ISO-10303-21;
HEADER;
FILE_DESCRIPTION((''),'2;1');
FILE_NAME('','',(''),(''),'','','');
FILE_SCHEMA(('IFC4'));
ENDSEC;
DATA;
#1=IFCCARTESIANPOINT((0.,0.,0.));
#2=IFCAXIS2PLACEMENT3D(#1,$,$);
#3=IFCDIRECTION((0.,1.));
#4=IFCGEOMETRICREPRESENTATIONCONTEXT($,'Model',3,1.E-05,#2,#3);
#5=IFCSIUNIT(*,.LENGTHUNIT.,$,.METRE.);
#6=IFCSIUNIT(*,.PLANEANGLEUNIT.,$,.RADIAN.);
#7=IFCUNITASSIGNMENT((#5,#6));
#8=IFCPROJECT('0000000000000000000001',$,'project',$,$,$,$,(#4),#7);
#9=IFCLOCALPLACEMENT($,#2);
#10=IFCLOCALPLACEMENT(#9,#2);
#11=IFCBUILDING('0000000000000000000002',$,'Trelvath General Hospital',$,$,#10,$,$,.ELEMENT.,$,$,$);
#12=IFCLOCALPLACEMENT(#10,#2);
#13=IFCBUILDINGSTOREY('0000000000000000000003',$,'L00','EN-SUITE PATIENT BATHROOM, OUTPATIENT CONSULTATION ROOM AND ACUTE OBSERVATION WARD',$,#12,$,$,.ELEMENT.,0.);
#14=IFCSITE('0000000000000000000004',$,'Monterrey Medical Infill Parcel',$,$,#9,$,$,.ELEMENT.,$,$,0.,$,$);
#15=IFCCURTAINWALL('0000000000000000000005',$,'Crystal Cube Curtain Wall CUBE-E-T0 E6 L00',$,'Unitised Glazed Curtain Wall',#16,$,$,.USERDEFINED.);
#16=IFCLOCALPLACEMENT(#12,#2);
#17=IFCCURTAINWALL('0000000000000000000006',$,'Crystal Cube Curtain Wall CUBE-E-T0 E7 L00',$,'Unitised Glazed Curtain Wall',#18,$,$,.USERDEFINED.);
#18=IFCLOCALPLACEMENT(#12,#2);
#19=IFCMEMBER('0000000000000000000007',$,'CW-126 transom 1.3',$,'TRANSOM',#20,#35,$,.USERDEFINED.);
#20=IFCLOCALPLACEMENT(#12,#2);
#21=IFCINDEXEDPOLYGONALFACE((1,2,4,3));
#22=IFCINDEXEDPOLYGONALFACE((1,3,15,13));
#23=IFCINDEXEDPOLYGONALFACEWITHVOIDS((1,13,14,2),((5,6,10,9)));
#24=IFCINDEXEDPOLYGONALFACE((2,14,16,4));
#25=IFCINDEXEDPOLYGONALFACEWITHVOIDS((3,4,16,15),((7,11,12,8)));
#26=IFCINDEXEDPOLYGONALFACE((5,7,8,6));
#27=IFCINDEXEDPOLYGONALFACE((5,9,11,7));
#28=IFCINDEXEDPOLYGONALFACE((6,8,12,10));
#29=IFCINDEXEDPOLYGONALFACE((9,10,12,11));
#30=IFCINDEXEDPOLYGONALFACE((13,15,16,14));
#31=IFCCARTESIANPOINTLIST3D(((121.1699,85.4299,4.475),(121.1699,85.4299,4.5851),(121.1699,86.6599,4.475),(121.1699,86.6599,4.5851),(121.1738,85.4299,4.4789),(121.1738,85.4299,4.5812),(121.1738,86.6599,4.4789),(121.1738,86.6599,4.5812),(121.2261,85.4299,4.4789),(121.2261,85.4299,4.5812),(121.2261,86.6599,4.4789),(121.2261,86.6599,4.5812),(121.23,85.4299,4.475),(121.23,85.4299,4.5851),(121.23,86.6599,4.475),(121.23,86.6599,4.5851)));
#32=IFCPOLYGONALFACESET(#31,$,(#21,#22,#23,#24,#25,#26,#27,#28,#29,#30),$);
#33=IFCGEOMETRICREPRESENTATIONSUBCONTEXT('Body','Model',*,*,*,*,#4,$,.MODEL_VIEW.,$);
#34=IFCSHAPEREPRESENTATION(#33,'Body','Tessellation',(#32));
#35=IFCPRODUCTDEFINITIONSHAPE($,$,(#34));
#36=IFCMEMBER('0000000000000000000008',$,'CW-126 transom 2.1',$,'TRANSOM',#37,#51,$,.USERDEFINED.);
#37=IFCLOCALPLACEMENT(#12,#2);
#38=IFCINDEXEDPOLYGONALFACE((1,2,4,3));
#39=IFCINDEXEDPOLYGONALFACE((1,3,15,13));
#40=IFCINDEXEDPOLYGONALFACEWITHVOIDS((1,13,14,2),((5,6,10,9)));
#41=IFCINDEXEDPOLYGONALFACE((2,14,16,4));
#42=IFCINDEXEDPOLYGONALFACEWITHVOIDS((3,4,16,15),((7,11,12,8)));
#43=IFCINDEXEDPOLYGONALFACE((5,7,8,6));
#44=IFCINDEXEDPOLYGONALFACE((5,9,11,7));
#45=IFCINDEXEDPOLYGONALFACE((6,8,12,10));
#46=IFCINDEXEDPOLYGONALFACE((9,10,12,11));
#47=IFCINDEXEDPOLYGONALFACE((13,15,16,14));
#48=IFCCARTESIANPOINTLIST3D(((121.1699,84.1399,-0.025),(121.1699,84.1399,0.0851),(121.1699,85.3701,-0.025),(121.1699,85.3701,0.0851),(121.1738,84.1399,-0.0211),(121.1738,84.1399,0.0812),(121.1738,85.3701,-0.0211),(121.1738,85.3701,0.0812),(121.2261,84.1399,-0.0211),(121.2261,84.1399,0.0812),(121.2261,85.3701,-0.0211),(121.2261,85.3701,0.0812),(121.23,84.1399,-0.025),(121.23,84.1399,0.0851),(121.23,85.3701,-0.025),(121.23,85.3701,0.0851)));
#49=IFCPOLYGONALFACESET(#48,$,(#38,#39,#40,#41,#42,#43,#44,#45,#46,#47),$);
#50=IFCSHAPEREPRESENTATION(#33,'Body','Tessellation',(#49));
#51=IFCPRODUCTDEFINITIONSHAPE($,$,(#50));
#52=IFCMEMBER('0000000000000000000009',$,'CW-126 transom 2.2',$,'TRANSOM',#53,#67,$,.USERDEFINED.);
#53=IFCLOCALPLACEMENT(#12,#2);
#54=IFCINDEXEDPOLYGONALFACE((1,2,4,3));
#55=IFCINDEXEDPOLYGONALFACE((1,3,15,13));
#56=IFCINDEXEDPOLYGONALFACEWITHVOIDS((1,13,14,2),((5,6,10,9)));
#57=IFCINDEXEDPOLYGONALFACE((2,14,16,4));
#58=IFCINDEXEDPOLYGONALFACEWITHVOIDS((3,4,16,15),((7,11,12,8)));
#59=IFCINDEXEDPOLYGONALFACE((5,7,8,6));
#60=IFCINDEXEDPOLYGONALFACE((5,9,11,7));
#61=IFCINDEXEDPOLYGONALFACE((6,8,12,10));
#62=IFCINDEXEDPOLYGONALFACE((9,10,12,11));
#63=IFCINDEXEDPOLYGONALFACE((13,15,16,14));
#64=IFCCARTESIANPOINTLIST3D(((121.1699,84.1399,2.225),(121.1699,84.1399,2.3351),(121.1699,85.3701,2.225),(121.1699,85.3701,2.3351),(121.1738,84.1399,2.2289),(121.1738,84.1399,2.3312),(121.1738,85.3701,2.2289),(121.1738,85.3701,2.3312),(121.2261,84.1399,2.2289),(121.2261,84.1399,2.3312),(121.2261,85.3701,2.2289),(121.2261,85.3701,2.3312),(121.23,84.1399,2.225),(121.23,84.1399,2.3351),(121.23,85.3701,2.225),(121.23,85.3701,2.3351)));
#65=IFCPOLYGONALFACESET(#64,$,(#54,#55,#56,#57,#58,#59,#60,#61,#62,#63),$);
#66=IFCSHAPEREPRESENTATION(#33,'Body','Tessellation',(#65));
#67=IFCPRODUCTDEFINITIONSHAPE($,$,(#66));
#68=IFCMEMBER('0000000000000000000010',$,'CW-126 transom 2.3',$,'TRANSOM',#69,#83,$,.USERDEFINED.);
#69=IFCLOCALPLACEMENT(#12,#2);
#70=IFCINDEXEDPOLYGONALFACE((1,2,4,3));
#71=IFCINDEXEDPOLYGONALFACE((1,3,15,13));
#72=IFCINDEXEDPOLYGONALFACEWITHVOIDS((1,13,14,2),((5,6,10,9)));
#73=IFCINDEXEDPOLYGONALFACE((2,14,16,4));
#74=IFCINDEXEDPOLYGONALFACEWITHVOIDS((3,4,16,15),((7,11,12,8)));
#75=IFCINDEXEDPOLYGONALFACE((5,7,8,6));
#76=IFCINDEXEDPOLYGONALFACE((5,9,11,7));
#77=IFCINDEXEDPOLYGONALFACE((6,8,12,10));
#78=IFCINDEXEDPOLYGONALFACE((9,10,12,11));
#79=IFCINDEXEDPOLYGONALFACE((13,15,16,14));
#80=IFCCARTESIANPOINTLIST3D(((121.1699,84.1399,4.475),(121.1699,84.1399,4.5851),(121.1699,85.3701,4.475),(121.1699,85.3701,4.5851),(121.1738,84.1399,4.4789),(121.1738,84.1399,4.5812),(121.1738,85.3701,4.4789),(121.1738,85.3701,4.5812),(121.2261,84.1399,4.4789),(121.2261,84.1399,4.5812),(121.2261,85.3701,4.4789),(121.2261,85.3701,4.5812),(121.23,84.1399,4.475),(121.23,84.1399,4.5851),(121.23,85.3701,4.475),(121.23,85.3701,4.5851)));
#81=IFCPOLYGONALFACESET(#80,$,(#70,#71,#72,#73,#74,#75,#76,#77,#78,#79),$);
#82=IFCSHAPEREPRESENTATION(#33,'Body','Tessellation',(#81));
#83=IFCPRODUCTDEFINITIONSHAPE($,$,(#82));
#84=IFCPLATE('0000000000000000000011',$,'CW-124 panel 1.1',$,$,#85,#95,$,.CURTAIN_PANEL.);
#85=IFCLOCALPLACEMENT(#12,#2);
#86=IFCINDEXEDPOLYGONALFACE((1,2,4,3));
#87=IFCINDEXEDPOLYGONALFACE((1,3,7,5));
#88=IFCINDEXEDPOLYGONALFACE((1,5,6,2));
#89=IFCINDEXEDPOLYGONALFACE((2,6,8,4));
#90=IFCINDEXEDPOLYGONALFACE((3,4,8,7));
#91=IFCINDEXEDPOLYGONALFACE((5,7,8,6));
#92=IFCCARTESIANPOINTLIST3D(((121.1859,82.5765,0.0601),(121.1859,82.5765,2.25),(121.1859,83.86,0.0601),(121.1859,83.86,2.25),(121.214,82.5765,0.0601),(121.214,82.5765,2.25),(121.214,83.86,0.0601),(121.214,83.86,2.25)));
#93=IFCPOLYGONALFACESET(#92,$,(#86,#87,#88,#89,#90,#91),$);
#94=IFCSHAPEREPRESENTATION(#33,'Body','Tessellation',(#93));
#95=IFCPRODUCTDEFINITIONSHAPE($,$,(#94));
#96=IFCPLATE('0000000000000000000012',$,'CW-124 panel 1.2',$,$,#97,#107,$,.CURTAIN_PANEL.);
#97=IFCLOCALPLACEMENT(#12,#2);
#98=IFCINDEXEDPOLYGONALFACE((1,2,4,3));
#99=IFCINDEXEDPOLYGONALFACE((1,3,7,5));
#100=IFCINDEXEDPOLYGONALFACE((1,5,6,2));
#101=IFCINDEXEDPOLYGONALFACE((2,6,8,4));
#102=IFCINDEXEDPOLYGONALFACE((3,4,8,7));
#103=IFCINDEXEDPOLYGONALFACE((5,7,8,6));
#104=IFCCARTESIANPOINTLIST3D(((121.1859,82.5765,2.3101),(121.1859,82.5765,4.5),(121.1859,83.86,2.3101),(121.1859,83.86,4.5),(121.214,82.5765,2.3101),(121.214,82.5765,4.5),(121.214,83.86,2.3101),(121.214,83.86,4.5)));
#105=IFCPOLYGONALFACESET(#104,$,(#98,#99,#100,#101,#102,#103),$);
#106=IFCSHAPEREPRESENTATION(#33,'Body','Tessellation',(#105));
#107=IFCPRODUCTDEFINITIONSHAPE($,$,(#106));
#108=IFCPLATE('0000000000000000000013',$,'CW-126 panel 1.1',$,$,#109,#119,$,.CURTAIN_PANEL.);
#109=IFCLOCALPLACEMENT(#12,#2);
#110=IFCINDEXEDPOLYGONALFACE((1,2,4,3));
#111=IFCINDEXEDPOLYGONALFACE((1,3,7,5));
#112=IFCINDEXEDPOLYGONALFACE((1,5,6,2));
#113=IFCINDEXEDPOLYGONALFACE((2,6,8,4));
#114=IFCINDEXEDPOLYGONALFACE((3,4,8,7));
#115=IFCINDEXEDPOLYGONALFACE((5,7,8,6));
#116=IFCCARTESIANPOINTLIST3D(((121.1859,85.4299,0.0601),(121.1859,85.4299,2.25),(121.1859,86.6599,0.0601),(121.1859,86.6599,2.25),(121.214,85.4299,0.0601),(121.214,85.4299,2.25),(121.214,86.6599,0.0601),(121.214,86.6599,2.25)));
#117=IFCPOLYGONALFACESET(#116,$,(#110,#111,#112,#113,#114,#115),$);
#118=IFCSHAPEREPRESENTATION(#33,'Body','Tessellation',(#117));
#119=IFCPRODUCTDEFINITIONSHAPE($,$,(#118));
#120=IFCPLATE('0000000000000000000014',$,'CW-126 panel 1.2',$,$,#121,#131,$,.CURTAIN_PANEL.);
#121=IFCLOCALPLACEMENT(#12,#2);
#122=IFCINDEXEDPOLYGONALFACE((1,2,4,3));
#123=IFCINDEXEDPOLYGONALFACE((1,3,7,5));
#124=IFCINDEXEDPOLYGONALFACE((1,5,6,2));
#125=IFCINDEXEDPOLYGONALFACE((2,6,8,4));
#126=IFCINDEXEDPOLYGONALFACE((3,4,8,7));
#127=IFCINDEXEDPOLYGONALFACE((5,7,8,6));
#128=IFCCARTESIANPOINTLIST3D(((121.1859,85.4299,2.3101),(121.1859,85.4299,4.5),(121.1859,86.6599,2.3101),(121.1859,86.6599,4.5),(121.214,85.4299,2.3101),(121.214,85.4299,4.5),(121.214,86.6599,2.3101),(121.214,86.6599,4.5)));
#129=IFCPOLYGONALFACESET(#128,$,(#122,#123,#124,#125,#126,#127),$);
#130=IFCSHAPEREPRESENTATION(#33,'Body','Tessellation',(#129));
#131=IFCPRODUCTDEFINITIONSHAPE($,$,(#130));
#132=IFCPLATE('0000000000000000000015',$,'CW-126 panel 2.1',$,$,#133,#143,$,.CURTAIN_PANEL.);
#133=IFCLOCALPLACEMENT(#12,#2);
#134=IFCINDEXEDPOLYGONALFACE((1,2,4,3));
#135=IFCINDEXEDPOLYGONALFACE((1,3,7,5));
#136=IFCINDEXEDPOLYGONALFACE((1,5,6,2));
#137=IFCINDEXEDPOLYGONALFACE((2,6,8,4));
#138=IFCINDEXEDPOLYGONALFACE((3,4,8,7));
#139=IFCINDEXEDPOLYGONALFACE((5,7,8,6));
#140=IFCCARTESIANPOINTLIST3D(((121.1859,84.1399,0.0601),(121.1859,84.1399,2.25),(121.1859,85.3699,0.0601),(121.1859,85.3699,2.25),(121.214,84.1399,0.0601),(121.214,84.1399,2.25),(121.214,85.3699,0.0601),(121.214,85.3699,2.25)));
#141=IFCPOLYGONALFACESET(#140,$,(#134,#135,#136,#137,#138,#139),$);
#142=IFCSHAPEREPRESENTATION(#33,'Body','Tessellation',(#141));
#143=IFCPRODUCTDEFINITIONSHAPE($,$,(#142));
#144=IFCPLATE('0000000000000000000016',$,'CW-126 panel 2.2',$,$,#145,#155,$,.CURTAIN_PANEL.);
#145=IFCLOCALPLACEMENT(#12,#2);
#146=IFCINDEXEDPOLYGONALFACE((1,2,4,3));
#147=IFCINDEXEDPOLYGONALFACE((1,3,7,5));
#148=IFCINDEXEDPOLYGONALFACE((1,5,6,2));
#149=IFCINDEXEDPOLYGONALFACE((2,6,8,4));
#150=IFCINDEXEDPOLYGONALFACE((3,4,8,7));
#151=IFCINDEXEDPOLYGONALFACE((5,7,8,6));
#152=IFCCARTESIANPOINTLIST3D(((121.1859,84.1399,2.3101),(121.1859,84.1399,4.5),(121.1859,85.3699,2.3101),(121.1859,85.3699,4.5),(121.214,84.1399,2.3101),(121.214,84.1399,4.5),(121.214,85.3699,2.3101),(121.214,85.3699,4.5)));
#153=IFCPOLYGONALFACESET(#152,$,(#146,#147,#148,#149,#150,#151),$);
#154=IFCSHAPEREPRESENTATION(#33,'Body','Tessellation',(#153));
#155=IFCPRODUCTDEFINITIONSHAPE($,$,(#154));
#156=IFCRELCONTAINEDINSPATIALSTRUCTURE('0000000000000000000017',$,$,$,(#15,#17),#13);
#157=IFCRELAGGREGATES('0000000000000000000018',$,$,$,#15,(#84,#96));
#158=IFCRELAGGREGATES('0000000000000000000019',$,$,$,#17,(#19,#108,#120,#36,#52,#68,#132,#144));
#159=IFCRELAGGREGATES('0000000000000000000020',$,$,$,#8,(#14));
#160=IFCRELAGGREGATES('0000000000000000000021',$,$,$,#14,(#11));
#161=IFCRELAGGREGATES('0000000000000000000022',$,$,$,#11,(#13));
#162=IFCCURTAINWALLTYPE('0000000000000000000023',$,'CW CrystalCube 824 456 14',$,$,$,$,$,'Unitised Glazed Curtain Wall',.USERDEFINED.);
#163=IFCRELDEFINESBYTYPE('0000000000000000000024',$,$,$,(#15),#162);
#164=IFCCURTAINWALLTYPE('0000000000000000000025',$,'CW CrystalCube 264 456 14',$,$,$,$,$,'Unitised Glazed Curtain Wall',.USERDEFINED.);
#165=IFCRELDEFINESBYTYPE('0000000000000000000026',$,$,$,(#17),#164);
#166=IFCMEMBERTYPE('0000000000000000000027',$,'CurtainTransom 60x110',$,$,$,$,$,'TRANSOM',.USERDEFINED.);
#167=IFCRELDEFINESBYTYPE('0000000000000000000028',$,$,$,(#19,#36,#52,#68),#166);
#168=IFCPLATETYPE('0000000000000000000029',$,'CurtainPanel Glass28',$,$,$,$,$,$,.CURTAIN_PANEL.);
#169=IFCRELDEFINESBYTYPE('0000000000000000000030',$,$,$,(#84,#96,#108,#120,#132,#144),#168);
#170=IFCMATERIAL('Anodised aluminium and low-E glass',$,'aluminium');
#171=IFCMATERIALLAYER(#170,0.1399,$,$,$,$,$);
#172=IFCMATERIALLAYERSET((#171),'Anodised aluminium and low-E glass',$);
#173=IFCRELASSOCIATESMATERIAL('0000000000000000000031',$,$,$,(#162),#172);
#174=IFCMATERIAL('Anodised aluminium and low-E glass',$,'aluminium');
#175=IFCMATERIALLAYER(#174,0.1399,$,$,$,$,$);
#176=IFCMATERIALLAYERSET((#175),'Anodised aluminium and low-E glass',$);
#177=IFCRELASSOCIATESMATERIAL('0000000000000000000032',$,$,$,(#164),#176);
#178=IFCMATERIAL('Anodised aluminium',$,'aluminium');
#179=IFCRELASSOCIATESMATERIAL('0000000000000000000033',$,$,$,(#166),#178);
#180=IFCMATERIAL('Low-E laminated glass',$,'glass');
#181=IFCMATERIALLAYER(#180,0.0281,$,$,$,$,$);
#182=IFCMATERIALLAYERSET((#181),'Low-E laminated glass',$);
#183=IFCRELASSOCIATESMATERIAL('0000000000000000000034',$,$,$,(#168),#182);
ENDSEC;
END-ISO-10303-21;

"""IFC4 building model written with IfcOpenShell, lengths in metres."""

from ifc_helpers import new_model, si_unit, direction, frame, origin, origin_2d, place, context, subcontext, project, spatial, rectangle, hollow_rectangle, extrude, material, layer, layer_set, material_profile, profile_set, type_object, element, aggregate, save


model = new_model("IFC4")

# Units and contexts
model_context = context("Model", 3, precision=1e-05, world=origin(), true_north=direction((0.0, 1.0)))
body_context = subcontext(model_context, "Body", "Model", "MODEL_VIEW")
ifc_project = project(units=[si_unit("LENGTHUNIT", "METRE"), si_unit("PLANEANGLEUNIT", "RADIAN")], contexts=[model_context])

# Site, building, storey
site_placement = place(None, origin())
site = spatial("IfcSite", under=ifc_project, at=site_placement, Name="Monterrey Medical Infill Parcel", CompositionType="ELEMENT", RefElevation=0.0)
building_placement = place(site_placement, origin())
building = spatial("IfcBuilding", under=site, at=building_placement, Name="Trelvath General Hospital", CompositionType="ELEMENT")
storey_placement = place(building_placement, origin())
storey = spatial("IfcBuildingStorey", under=building, at=storey_placement, Name="L00", Description="EN-SUITE PATIENT BATHROOM, OUTPATIENT CONSULTATION ROOM AND ACUTE OBSERVATION WARD", CompositionType="ELEMENT", Elevation=0.0)

# Curtain walls
ifc_material_1 = material(Name="Anodised aluminium and low-E glass", Category="aluminium")
ifc_layer_1 = layer(ifc_material_1, 0.1399)
ifc_layer_set_1 = layer_set([ifc_layer_1], Name="Anodised aluminium and low-E glass")
curtain_wall_type_1 = type_object("IfcCurtainWallType", Name="CW CrystalCube 824 456 14", ElementType="Unitised Glazed Curtain Wall", PredefinedType="USERDEFINED", material=ifc_layer_set_1)
curtain_wall_1_placement = place(storey_placement, origin())
curtain_wall_1 = element("IfcCurtainWall", 1, at=curtain_wall_1_placement, inside=storey, type_object=curtain_wall_type_1, Name="Crystal Cube Curtain Wall CUBE-E-T0 E6 L00", ObjectType="Unitised Glazed Curtain Wall", PredefinedType="USERDEFINED")
ifc_material_2 = material(Name="Anodised aluminium and low-E glass", Category="aluminium")
ifc_layer_2 = layer(ifc_material_2, 0.1399)
ifc_layer_set_2 = layer_set([ifc_layer_2], Name="Anodised aluminium and low-E glass")
curtain_wall_type_2 = type_object("IfcCurtainWallType", Name="CW CrystalCube 264 456 14", ElementType="Unitised Glazed Curtain Wall", PredefinedType="USERDEFINED", material=ifc_layer_set_2)
curtain_wall_2_placement = place(storey_placement, origin())
curtain_wall_2 = element("IfcCurtainWall", 2, at=curtain_wall_2_placement, inside=storey, type_object=curtain_wall_type_2, Name="Crystal Cube Curtain Wall CUBE-E-T0 E7 L00", ObjectType="Unitised Glazed Curtain Wall", PredefinedType="USERDEFINED")

# Members
ifc_material_3 = material(Name="Anodised aluminium", Category="aluminium")
ifc_material_profile_1 = material_profile(ifc_material_3, hollow_rectangle(XDim=0.0601, YDim=0.1101, WallThickness=0.0039, at=origin_2d()), Name="RHS60x110x4")
ifc_profile_set_1 = profile_set([ifc_material_profile_1], Name="Anodised aluminium")
member_type_1 = type_object("IfcMemberType", Name="CurtainTransom 60x110", ElementType="TRANSOM", PredefinedType="USERDEFINED", material=ifc_profile_set_1)
member_1_placement = place(storey_placement, frame((121.2, 86.6599, 4.53), z_axis=(0.0, -1.0, 0.0), x_axis=(1.0, 0.0, 0.0)))
member_1 = element("IfcMember", 3, at=member_1_placement, type_object=member_type_1, Name="CW-126 transom 1.3", ObjectType="TRANSOM", PredefinedType="USERDEFINED", context=body_context, shape_type="SweptSolid", body=[
    extrude(hollow_rectangle(XDim=0.0601, YDim=0.1101, WallThickness=0.0039, at=origin_2d()), origin(), (0.0, 0.0, 1.0), 1.23),
])
member_2_placement = place(storey_placement, frame((121.2, 85.3701, 0.03), z_axis=(0.0, -1.0, 0.0), x_axis=(1.0, 0.0, 0.0)))
member_2 = element("IfcMember", 4, at=member_2_placement, type_object=member_type_1, Name="CW-126 transom 2.1", ObjectType="TRANSOM", PredefinedType="USERDEFINED", context=body_context, shape_type="SweptSolid", body=[
    extrude(hollow_rectangle(XDim=0.0601, YDim=0.1101, WallThickness=0.0039, at=origin_2d()), origin(), (0.0, 0.0, 1.0), 1.2302),
])
member_3_placement = place(storey_placement, frame((121.2, 85.3701, 2.28), z_axis=(0.0, -1.0, 0.0), x_axis=(1.0, 0.0, 0.0)))
member_3 = element("IfcMember", 5, at=member_3_placement, type_object=member_type_1, Name="CW-126 transom 2.2", ObjectType="TRANSOM", PredefinedType="USERDEFINED", context=body_context, shape_type="SweptSolid", body=[
    extrude(hollow_rectangle(XDim=0.0601, YDim=0.1101, WallThickness=0.0039, at=origin_2d()), origin(), (0.0, 0.0, 1.0), 1.2302),
])
member_4_placement = place(storey_placement, frame((121.2, 85.3701, 4.53), z_axis=(0.0, -1.0, 0.0), x_axis=(1.0, 0.0, 0.0)))
member_4 = element("IfcMember", 6, at=member_4_placement, type_object=member_type_1, Name="CW-126 transom 2.3", ObjectType="TRANSOM", PredefinedType="USERDEFINED", context=body_context, shape_type="SweptSolid", body=[
    extrude(hollow_rectangle(XDim=0.0601, YDim=0.1101, WallThickness=0.0039, at=origin_2d()), origin(), (0.0, 0.0, 1.0), 1.2302),
])

# Plates
ifc_material_4 = material(Name="Low-E laminated glass", Category="glass")
ifc_layer_3 = layer(ifc_material_4, 0.0281)
ifc_layer_set_3 = layer_set([ifc_layer_3], Name="Low-E laminated glass")
plate_type = type_object("IfcPlateType", Name="CurtainPanel Glass28", PredefinedType="CURTAIN_PANEL", material=ifc_layer_set_3)
plate_1_placement = place(storey_placement, frame((121.2, 83.2183, 0.0601), z_axis=(0.0, 0.0, 1.0), x_axis=(0.0, -1.0, 0.0)))
plate_1 = element("IfcPlate", 7, at=plate_1_placement, type_object=plate_type, Name="CW-124 panel 1.1", PredefinedType="CURTAIN_PANEL", context=body_context, shape_type="SweptSolid", body=[
    extrude(rectangle(XDim=1.2834, YDim=0.0281, at=origin_2d()), origin(), (0.0, 0.0, 1.0), 2.1899),
])
plate_2_placement = place(storey_placement, frame((121.2, 83.2183, 2.3101), z_axis=(0.0, 0.0, 1.0), x_axis=(0.0, -1.0, 0.0)))
plate_2 = element("IfcPlate", 8, at=plate_2_placement, type_object=plate_type, Name="CW-124 panel 1.2", PredefinedType="CURTAIN_PANEL", context=body_context, shape_type="SweptSolid", body=[
    extrude(rectangle(XDim=1.2834, YDim=0.0281, at=origin_2d()), origin(), (0.0, 0.0, 1.0), 2.1899),
])
aggregate(curtain_wall_1, [plate_1, plate_2])
plate_3_placement = place(storey_placement, frame((121.2, 86.0449, 0.0601), z_axis=(0.0, 0.0, 1.0), x_axis=(0.0, -1.0, 0.0)))
plate_3 = element("IfcPlate", 9, at=plate_3_placement, type_object=plate_type, Name="CW-126 panel 1.1", PredefinedType="CURTAIN_PANEL", context=body_context, shape_type="SweptSolid", body=[
    extrude(rectangle(XDim=1.23, YDim=0.0281, at=origin_2d()), origin(), (0.0, 0.0, 1.0), 2.1899),
])
plate_4_placement = place(storey_placement, frame((121.2, 86.0449, 2.3101), z_axis=(0.0, 0.0, 1.0), x_axis=(0.0, -1.0, 0.0)))
plate_4 = element("IfcPlate", 10, at=plate_4_placement, type_object=plate_type, Name="CW-126 panel 1.2", PredefinedType="CURTAIN_PANEL", context=body_context, shape_type="SweptSolid", body=[
    extrude(rectangle(XDim=1.23, YDim=0.0281, at=origin_2d()), origin(), (0.0, 0.0, 1.0), 2.1899),
])
plate_5_placement = place(storey_placement, frame((121.2, 84.7549, 0.0601), z_axis=(0.0, 0.0, 1.0), x_axis=(0.0, -1.0, 0.0)))
plate_5 = element("IfcPlate", 11, at=plate_5_placement, type_object=plate_type, Name="CW-126 panel 2.1", PredefinedType="CURTAIN_PANEL", context=body_context, shape_type="SweptSolid", body=[
    extrude(rectangle(XDim=1.23, YDim=0.0281, at=origin_2d()), origin(), (0.0, 0.0, 1.0), 2.1899),
])
plate_6_placement = place(storey_placement, frame((121.2, 84.7549, 2.3101), z_axis=(0.0, 0.0, 1.0), x_axis=(0.0, -1.0, 0.0)))
plate_6 = element("IfcPlate", 12, at=plate_6_placement, type_object=plate_type, Name="CW-126 panel 2.2", PredefinedType="CURTAIN_PANEL", context=body_context, shape_type="SweptSolid", body=[
    extrude(rectangle(XDim=1.23, YDim=0.0281, at=origin_2d()), origin(), (0.0, 0.0, 1.0), 2.1899),
])
aggregate(curtain_wall_2, [member_1, plate_3, plate_4, member_2, member_3, member_4, plate_5, plate_6])

save(model, "model.ifc")
